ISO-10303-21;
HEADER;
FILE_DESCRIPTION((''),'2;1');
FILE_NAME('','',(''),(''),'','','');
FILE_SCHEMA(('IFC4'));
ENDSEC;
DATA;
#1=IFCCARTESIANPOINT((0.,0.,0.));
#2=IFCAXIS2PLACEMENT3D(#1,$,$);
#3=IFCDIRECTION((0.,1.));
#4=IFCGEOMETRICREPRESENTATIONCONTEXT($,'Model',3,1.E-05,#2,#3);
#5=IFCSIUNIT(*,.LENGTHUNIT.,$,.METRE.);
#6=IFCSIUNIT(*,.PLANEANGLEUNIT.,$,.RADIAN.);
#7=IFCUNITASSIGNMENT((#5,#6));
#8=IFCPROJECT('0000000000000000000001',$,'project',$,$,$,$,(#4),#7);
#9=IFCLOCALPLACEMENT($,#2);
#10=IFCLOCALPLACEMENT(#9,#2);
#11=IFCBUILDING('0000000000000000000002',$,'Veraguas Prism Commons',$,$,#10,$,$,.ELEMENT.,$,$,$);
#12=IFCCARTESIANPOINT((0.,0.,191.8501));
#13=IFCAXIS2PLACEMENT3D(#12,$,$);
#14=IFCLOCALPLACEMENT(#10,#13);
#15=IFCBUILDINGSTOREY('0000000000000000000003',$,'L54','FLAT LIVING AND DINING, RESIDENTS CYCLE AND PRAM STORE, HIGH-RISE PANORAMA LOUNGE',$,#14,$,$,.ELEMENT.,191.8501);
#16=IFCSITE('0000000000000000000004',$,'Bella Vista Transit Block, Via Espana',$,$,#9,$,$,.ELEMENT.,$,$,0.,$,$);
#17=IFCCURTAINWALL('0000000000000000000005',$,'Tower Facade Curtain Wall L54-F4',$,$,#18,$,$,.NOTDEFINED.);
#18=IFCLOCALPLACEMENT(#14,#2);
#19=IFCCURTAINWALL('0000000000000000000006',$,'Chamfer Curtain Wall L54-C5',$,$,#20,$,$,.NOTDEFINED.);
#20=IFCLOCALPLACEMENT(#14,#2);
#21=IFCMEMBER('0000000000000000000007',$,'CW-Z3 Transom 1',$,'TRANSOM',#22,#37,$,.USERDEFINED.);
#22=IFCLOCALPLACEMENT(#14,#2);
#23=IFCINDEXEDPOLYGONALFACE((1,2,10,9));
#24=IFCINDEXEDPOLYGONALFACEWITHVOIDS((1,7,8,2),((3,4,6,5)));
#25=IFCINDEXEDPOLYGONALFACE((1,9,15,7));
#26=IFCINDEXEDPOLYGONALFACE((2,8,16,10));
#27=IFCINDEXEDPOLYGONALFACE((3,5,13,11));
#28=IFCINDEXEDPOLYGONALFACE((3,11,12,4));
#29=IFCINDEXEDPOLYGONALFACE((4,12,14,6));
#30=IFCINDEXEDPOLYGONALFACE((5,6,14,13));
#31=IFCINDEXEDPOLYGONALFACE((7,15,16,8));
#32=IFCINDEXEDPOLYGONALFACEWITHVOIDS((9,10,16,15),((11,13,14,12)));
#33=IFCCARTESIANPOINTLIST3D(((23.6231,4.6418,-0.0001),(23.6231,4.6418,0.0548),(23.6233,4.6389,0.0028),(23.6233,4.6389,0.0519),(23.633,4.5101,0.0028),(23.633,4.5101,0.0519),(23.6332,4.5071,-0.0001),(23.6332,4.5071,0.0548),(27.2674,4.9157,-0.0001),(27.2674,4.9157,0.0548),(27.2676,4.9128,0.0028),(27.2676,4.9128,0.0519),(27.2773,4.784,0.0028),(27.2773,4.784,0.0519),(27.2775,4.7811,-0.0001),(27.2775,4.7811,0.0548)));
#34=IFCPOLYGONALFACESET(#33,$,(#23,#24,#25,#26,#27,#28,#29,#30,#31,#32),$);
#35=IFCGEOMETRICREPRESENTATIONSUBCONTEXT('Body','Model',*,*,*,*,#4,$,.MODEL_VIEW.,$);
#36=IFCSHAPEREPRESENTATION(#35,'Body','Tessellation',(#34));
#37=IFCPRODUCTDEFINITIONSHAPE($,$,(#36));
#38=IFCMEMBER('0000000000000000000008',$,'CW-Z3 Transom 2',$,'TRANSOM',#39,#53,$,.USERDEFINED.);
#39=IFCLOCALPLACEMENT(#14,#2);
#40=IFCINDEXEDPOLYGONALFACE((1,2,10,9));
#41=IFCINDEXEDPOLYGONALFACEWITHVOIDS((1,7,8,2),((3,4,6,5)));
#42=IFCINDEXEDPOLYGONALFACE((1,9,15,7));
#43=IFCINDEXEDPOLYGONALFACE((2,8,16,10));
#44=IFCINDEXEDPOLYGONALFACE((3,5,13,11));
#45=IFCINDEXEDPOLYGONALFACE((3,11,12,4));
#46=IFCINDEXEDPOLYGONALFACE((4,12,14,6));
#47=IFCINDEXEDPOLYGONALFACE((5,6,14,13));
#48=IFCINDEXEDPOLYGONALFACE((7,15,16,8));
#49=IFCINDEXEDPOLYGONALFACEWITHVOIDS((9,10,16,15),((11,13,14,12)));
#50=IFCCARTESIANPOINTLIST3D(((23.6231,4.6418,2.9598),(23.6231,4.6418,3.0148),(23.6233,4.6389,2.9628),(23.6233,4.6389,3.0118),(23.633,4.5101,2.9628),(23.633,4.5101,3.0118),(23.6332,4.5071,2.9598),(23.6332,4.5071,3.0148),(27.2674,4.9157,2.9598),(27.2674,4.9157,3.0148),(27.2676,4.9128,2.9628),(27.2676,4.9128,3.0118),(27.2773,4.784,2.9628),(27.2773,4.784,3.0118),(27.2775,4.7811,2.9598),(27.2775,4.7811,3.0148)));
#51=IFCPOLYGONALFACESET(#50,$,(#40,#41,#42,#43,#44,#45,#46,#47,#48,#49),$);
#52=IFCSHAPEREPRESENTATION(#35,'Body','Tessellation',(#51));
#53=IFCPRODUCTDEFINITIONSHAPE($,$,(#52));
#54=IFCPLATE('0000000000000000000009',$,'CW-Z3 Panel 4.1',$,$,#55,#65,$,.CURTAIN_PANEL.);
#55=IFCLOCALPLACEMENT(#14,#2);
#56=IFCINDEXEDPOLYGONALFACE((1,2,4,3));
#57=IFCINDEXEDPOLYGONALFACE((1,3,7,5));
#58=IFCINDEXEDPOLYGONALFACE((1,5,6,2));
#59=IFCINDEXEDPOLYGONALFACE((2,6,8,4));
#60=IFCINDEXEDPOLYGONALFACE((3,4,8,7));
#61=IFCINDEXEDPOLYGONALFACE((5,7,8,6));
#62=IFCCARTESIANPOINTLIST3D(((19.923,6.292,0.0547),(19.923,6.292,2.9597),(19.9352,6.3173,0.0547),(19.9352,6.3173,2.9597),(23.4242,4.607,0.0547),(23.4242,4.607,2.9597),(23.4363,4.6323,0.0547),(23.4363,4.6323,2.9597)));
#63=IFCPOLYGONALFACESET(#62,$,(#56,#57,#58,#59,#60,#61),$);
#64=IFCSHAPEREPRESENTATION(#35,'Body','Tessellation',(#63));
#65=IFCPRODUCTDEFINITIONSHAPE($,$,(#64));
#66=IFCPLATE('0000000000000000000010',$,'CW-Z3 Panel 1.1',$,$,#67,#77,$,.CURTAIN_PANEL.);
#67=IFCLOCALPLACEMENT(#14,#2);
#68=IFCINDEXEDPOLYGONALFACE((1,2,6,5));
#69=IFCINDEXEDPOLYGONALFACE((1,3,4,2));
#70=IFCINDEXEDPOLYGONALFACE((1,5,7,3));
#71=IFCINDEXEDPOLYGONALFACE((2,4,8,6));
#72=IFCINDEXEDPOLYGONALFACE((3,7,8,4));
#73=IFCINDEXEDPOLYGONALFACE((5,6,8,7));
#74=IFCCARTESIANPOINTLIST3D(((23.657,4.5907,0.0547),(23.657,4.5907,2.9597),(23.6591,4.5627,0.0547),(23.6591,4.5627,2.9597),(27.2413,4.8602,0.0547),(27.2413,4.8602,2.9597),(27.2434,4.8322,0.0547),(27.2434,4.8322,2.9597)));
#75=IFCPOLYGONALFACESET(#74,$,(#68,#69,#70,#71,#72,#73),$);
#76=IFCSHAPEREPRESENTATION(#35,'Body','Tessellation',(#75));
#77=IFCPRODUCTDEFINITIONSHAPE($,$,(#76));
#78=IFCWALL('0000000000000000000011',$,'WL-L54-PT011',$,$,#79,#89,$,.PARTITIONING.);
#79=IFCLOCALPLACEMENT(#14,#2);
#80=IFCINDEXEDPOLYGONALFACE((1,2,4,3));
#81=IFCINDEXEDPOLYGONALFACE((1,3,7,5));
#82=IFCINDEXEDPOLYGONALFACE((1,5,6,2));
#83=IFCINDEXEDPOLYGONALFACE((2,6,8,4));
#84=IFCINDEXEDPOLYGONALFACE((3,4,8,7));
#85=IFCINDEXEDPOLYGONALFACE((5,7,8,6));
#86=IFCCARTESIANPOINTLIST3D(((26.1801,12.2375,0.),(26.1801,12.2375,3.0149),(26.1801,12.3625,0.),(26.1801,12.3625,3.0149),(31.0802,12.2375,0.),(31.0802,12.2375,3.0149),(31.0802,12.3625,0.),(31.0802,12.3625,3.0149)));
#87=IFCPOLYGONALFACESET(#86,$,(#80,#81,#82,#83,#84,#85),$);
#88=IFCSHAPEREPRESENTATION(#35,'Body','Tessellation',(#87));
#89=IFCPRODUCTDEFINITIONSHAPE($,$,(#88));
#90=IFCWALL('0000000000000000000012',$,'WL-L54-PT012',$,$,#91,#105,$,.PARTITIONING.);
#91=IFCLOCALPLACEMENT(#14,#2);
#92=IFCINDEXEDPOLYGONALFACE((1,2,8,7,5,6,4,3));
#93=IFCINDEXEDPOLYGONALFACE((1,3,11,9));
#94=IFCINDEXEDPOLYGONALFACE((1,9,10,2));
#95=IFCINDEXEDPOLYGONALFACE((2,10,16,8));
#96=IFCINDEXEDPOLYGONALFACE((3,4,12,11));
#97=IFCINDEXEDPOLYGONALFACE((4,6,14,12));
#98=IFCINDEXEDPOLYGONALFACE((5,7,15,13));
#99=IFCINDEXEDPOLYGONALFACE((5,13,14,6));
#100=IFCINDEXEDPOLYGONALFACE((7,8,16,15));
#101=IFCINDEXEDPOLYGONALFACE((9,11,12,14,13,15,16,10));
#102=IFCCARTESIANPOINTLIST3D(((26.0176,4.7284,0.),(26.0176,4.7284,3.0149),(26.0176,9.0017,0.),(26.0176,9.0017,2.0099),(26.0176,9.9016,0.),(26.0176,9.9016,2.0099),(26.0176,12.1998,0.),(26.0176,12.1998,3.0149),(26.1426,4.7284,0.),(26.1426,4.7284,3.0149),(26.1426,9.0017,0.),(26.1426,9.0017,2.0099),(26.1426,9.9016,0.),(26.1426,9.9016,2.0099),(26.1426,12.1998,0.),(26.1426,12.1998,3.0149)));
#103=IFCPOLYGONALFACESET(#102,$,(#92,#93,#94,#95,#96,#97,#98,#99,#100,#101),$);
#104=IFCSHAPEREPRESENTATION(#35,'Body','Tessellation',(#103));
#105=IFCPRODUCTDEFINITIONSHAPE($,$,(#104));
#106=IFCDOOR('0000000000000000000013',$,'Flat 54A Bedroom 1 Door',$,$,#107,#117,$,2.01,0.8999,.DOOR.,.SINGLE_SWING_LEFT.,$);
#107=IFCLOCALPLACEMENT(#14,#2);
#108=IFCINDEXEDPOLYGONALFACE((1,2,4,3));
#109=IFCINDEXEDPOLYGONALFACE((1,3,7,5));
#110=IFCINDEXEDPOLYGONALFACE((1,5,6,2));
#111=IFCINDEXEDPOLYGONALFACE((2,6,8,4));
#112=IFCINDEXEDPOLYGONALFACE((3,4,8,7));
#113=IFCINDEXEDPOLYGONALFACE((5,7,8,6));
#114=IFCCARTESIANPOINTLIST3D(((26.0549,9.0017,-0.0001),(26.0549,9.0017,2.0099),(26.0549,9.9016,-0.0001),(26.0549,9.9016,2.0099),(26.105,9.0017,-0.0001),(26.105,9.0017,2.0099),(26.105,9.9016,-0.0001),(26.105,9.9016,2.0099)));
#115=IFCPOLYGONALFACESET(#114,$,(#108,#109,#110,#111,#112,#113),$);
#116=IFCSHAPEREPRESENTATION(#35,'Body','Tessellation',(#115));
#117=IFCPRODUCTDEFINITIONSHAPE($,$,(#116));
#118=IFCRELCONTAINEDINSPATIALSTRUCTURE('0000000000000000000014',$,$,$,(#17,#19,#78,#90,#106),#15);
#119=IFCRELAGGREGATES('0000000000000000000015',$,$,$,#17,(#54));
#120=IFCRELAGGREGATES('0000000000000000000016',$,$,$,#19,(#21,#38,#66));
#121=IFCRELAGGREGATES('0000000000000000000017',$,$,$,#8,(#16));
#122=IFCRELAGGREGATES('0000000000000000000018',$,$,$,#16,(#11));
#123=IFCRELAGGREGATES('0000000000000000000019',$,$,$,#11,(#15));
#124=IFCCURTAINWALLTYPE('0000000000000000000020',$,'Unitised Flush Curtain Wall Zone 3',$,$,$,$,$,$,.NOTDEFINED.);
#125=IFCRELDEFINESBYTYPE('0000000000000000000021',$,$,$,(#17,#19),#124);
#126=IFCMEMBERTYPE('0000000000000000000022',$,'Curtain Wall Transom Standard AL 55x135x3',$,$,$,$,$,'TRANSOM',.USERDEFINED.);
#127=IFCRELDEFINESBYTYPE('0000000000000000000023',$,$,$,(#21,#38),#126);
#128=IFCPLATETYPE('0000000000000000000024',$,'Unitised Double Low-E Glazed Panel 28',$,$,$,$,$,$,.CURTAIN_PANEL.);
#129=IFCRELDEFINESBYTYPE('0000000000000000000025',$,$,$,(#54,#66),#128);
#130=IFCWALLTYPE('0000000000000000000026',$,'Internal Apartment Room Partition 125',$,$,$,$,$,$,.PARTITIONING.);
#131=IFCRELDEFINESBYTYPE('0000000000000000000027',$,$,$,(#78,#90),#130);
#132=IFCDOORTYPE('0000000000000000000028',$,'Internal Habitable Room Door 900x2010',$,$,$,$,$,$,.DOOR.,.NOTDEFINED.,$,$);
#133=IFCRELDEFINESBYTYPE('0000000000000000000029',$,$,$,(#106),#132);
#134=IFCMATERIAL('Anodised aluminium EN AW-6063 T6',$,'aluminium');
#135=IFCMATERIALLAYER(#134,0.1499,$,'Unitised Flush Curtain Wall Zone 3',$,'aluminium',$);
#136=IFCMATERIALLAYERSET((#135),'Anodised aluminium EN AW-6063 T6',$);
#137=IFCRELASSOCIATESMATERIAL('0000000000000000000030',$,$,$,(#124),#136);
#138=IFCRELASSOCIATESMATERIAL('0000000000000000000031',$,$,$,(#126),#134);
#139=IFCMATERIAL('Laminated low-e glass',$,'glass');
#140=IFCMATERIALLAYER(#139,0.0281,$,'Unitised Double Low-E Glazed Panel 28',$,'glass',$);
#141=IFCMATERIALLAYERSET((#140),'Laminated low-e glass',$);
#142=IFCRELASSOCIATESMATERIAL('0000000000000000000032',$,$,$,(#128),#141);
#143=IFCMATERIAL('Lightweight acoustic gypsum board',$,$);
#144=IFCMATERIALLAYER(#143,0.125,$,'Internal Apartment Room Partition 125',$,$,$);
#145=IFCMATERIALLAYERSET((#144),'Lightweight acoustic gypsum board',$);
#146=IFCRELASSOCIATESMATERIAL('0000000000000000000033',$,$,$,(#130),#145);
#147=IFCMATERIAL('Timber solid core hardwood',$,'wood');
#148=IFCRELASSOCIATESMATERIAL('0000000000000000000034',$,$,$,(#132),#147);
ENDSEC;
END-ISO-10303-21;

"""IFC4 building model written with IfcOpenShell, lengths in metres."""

from ifc_helpers import new_model, si_unit, direction, frame, frame_2d, origin, origin_2d, place, context, subcontext, project, spatial, rectangle, hollow_rectangle, extrude, source, transform, mapped, material, layer, layer_set, material_profile, profile_set, type_object, element, fill, aggregate, save


model = new_model("IFC4")

# Units and contexts
model_context = context("Model", 3, precision=1e-05, world=origin(), true_north=direction((0.0, 1.0)))
body_context = subcontext(model_context, "Body", "Model", "MODEL_VIEW")
ifc_project = project(units=[si_unit("LENGTHUNIT", "METRE"), si_unit("PLANEANGLEUNIT", "RADIAN")], contexts=[model_context])

# Site, building, storey
site_placement = place(None, origin())
site = spatial("IfcSite", under=ifc_project, at=site_placement, Name="Bella Vista Transit Block, Via Espana", CompositionType="ELEMENT", RefElevation=0.0)
building_placement = place(site_placement, origin())
building = spatial("IfcBuilding", under=site, at=building_placement, Name="Veraguas Prism Commons", CompositionType="ELEMENT")
storey_placement = place(building_placement, frame((0.0, 0.0, 191.8501)))
storey = spatial("IfcBuildingStorey", under=building, at=storey_placement, Name="L54", Description="FLAT LIVING AND DINING, RESIDENTS CYCLE AND PRAM STORE, HIGH-RISE PANORAMA LOUNGE", CompositionType="ELEMENT", Elevation=191.8501)

# Curtain wall
ifc_material_1 = material(Name="Anodised aluminium EN AW-6063 T6", Category="aluminium")
ifc_layer_1 = layer(ifc_material_1, 0.1499, Name="Unitised Flush Curtain Wall Zone 3", Category="aluminium")
ifc_layer_set_1 = layer_set([ifc_layer_1], Name="Anodised aluminium EN AW-6063 T6")
curtain_wall_type = type_object("IfcCurtainWallType", Name="Unitised Flush Curtain Wall Zone 3", PredefinedType="NOTDEFINED", material=ifc_layer_set_1)
curtain_wall_1_placement = place(storey_placement, origin())
curtain_wall_1 = element("IfcCurtainWall", 1, at=curtain_wall_1_placement, inside=storey, type_object=curtain_wall_type, Name="Tower Facade Curtain Wall L54-F4", PredefinedType="NOTDEFINED")

# Curtain wall
curtain_wall_2_placement = place(storey_placement, origin())
curtain_wall_2 = element("IfcCurtainWall", 2, at=curtain_wall_2_placement, inside=storey, type_object=curtain_wall_type, Name="Chamfer Curtain Wall L54-C5", PredefinedType="NOTDEFINED")

# Members
ifc_material_profile_1 = material_profile(ifc_material_1, hollow_rectangle(XDim=0.0549, YDim=0.135, WallThickness=0.0029, at=origin_2d()), Name="AL55X135X3")
ifc_profile_set_1 = profile_set([ifc_material_profile_1], Name="Anodised aluminium EN AW-6063 T6")
member_type_1 = type_object("IfcMemberType", Name="Curtain Wall Transom Standard AL 55x135x3", ElementType="TRANSOM", PredefinedType="USERDEFINED", material=ifc_profile_set_1)
shared_shape_1 = source(origin(), body_context, "Body", "SweptSolid", [
    extrude(hollow_rectangle(XDim=0.0549, YDim=0.135, WallThickness=0.0029, at=origin_2d()), origin(), (0.0, 0.0, 1.0), 3.6545),
])
member_1_placement = place(storey_placement, frame((23.6282, 4.5745, 0.0273), z_axis=(0.997187, 0.074954, 0.0), x_axis=(0.0, 0.0, 1.0)))
member_1 = element("IfcMember", 3, at=member_1_placement, type_object=member_type_1, Name="CW-Z3 Transom 1", ObjectType="TRANSOM", PredefinedType="USERDEFINED", context=body_context, shape_type="MappedRepresentation", body=[
    mapped(shared_shape_1, transform((0.0, 0.0, 0.0), scale=1.0)),
])
member_2_placement = place(storey_placement, frame((23.6282, 4.5745, 2.9873), z_axis=(0.997187, 0.074954, 0.0), x_axis=(0.0, 0.0, 1.0)))
member_2 = element("IfcMember", 4, at=member_2_placement, type_object=member_type_1, Name="CW-Z3 Transom 2", ObjectType="TRANSOM", PredefinedType="USERDEFINED", context=body_context, shape_type="MappedRepresentation", body=[
    mapped(shared_shape_1, transform((0.0, 0.0, 0.0), scale=1.0)),
])

# Plates
ifc_material_2 = material(Name="Laminated low-e glass", Category="glass")
ifc_layer_2 = layer(ifc_material_2, 0.0281, Name="Unitised Double Low-E Glazed Panel 28", Category="glass")
ifc_layer_set_2 = layer_set([ifc_layer_2], Name="Laminated low-e glass")
plate_type = type_object("IfcPlateType", Name="Unitised Double Low-E Glazed Panel 28", PredefinedType="CURTAIN_PANEL", material=ifc_layer_set_2)
shared_shape_2 = source(origin(), body_context, "Body", "SweptSolid", [
    extrude(rectangle(XDim=3.8855, YDim=0.0281, at=origin_2d()), origin(), (0.0, 0.0, 1.0), 2.905),
])
plate_1_placement = place(storey_placement, frame((21.6797, 5.4622, 0.0547), z_axis=(0.0, 0.0, 1.0), x_axis=(0.901074, -0.433665, 0.0)))
plate_1 = element("IfcPlate", 5, at=plate_1_placement, type_object=plate_type, Name="CW-Z3 Panel 4.1", PredefinedType="CURTAIN_PANEL", context=body_context, shape_type="MappedRepresentation", body=[
    mapped(shared_shape_2, transform((0.0, 0.0, 0.0), scale=1.0)),
])
aggregate(curtain_wall_1, [plate_1])
shared_shape_3 = source(origin(), body_context, "Body", "SweptSolid", [
    extrude(rectangle(XDim=3.5945, YDim=0.0281, at=origin_2d()), origin(), (0.0, 0.0, 1.0), 2.905),
])
plate_2_placement = place(storey_placement, frame((25.4502, 4.7114, 0.0547), z_axis=(0.0, 0.0, 1.0), x_axis=(0.997185, 0.074977, 0.0)))
plate_2 = element("IfcPlate", 6, at=plate_2_placement, type_object=plate_type, Name="CW-Z3 Panel 1.1", PredefinedType="CURTAIN_PANEL", context=body_context, shape_type="MappedRepresentation", body=[
    mapped(shared_shape_3, transform((0.0, 0.0, 0.0), scale=1.0)),
])
aggregate(curtain_wall_2, [member_1, member_2, plate_2])

# Wall
ifc_material_3 = material(Name="Lightweight acoustic gypsum board")
ifc_layer_3 = layer(ifc_material_3, 0.125, Name="Internal Apartment Room Partition 125")
ifc_layer_set_3 = layer_set([ifc_layer_3], Name="Lightweight acoustic gypsum board")
wall_type = type_object("IfcWallType", Name="Internal Apartment Room Partition 125", PredefinedType="PARTITIONING", material=ifc_layer_set_3)
wall_1_placement = place(storey_placement, frame((26.1799, 12.3, 0.0), z_axis=(0.0, 0.0, 1.0), x_axis=(1.0, 0.0, 0.0)))
element("IfcWall", 7, at=wall_1_placement, inside=storey, type_object=wall_type, Name="WL-L54-PT011", PredefinedType="PARTITIONING", context=body_context, shape_type="SweptSolid", body=[
    extrude(rectangle(XDim=4.9001, YDim=0.125, at=frame_2d((2.4502, 0.0))), origin(), (0.0, 0.0, 1.0), 3.0149),
])

# Wall, opening, door
wall_2_placement = place(storey_placement, frame((26.0801, 12.2, 0.0), z_axis=(0.0, 0.0, 1.0), x_axis=(0.0, -1.0, 0.0)))
wall_2 = element("IfcWall", 8, at=wall_2_placement, inside=storey, type_object=wall_type, Name="WL-L54-PT012", PredefinedType="PARTITIONING", context=body_context, shape_type="SweptSolid", body=[
    extrude(rectangle(XDim=7.4714, YDim=0.125, at=frame_2d((3.7358, 0.0))), origin(), (0.0, 0.0, 1.0), 3.0149),
])
opening_placement = place(wall_2_placement, frame((2.2983, 0.0, 0.0)))
opening = element("IfcOpeningElement", 9, at=opening_placement, cuts=wall_2, PredefinedType="OPENING", context=body_context, shape_type="SweptSolid", body=[
    extrude(rectangle(XDim=0.8999, YDim=2.01, at=frame_2d((0.45, 1.0049))), frame((0.0, 0.0725, 0.0), z_axis=(0.0, -1.0, 0.0), x_axis=(1.0, 0.0, 0.0)), (0.0, 0.0, 1.0), 0.145),
])
ifc_material_4 = material(Name="Timber solid core hardwood", Category="wood")
door_type = type_object("IfcDoorType", Name="Internal Habitable Room Door 900x2010", OperationType="NOTDEFINED", PredefinedType="DOOR", material=ifc_material_4)
shared_shape_4 = source(origin(), body_context, "Body", "SweptSolid", [
    extrude(rectangle(XDim=0.8999, YDim=2.01, at=frame_2d((0.45, 1.0049))), frame((0.0, 0.0249, 0.0), z_axis=(0.0, -1.0, 0.0), x_axis=(1.0, 0.0, 0.0)), (0.0, 0.0, 1.0), 0.05),
])
door_placement = place(opening_placement, origin())
door = element("IfcDoor", 10, at=door_placement, inside=storey, type_object=door_type, Name="Flat 54A Bedroom 1 Door", OperationType="SINGLE_SWING_LEFT", OverallHeight=2.01, OverallWidth=0.8999, PredefinedType="DOOR", context=body_context, shape_type="MappedRepresentation", body=[
    mapped(shared_shape_4, transform((0.0, 0.0, 0.0), scale=1.0)),
])
fill(opening, door)

save(model, "model.ifc")
